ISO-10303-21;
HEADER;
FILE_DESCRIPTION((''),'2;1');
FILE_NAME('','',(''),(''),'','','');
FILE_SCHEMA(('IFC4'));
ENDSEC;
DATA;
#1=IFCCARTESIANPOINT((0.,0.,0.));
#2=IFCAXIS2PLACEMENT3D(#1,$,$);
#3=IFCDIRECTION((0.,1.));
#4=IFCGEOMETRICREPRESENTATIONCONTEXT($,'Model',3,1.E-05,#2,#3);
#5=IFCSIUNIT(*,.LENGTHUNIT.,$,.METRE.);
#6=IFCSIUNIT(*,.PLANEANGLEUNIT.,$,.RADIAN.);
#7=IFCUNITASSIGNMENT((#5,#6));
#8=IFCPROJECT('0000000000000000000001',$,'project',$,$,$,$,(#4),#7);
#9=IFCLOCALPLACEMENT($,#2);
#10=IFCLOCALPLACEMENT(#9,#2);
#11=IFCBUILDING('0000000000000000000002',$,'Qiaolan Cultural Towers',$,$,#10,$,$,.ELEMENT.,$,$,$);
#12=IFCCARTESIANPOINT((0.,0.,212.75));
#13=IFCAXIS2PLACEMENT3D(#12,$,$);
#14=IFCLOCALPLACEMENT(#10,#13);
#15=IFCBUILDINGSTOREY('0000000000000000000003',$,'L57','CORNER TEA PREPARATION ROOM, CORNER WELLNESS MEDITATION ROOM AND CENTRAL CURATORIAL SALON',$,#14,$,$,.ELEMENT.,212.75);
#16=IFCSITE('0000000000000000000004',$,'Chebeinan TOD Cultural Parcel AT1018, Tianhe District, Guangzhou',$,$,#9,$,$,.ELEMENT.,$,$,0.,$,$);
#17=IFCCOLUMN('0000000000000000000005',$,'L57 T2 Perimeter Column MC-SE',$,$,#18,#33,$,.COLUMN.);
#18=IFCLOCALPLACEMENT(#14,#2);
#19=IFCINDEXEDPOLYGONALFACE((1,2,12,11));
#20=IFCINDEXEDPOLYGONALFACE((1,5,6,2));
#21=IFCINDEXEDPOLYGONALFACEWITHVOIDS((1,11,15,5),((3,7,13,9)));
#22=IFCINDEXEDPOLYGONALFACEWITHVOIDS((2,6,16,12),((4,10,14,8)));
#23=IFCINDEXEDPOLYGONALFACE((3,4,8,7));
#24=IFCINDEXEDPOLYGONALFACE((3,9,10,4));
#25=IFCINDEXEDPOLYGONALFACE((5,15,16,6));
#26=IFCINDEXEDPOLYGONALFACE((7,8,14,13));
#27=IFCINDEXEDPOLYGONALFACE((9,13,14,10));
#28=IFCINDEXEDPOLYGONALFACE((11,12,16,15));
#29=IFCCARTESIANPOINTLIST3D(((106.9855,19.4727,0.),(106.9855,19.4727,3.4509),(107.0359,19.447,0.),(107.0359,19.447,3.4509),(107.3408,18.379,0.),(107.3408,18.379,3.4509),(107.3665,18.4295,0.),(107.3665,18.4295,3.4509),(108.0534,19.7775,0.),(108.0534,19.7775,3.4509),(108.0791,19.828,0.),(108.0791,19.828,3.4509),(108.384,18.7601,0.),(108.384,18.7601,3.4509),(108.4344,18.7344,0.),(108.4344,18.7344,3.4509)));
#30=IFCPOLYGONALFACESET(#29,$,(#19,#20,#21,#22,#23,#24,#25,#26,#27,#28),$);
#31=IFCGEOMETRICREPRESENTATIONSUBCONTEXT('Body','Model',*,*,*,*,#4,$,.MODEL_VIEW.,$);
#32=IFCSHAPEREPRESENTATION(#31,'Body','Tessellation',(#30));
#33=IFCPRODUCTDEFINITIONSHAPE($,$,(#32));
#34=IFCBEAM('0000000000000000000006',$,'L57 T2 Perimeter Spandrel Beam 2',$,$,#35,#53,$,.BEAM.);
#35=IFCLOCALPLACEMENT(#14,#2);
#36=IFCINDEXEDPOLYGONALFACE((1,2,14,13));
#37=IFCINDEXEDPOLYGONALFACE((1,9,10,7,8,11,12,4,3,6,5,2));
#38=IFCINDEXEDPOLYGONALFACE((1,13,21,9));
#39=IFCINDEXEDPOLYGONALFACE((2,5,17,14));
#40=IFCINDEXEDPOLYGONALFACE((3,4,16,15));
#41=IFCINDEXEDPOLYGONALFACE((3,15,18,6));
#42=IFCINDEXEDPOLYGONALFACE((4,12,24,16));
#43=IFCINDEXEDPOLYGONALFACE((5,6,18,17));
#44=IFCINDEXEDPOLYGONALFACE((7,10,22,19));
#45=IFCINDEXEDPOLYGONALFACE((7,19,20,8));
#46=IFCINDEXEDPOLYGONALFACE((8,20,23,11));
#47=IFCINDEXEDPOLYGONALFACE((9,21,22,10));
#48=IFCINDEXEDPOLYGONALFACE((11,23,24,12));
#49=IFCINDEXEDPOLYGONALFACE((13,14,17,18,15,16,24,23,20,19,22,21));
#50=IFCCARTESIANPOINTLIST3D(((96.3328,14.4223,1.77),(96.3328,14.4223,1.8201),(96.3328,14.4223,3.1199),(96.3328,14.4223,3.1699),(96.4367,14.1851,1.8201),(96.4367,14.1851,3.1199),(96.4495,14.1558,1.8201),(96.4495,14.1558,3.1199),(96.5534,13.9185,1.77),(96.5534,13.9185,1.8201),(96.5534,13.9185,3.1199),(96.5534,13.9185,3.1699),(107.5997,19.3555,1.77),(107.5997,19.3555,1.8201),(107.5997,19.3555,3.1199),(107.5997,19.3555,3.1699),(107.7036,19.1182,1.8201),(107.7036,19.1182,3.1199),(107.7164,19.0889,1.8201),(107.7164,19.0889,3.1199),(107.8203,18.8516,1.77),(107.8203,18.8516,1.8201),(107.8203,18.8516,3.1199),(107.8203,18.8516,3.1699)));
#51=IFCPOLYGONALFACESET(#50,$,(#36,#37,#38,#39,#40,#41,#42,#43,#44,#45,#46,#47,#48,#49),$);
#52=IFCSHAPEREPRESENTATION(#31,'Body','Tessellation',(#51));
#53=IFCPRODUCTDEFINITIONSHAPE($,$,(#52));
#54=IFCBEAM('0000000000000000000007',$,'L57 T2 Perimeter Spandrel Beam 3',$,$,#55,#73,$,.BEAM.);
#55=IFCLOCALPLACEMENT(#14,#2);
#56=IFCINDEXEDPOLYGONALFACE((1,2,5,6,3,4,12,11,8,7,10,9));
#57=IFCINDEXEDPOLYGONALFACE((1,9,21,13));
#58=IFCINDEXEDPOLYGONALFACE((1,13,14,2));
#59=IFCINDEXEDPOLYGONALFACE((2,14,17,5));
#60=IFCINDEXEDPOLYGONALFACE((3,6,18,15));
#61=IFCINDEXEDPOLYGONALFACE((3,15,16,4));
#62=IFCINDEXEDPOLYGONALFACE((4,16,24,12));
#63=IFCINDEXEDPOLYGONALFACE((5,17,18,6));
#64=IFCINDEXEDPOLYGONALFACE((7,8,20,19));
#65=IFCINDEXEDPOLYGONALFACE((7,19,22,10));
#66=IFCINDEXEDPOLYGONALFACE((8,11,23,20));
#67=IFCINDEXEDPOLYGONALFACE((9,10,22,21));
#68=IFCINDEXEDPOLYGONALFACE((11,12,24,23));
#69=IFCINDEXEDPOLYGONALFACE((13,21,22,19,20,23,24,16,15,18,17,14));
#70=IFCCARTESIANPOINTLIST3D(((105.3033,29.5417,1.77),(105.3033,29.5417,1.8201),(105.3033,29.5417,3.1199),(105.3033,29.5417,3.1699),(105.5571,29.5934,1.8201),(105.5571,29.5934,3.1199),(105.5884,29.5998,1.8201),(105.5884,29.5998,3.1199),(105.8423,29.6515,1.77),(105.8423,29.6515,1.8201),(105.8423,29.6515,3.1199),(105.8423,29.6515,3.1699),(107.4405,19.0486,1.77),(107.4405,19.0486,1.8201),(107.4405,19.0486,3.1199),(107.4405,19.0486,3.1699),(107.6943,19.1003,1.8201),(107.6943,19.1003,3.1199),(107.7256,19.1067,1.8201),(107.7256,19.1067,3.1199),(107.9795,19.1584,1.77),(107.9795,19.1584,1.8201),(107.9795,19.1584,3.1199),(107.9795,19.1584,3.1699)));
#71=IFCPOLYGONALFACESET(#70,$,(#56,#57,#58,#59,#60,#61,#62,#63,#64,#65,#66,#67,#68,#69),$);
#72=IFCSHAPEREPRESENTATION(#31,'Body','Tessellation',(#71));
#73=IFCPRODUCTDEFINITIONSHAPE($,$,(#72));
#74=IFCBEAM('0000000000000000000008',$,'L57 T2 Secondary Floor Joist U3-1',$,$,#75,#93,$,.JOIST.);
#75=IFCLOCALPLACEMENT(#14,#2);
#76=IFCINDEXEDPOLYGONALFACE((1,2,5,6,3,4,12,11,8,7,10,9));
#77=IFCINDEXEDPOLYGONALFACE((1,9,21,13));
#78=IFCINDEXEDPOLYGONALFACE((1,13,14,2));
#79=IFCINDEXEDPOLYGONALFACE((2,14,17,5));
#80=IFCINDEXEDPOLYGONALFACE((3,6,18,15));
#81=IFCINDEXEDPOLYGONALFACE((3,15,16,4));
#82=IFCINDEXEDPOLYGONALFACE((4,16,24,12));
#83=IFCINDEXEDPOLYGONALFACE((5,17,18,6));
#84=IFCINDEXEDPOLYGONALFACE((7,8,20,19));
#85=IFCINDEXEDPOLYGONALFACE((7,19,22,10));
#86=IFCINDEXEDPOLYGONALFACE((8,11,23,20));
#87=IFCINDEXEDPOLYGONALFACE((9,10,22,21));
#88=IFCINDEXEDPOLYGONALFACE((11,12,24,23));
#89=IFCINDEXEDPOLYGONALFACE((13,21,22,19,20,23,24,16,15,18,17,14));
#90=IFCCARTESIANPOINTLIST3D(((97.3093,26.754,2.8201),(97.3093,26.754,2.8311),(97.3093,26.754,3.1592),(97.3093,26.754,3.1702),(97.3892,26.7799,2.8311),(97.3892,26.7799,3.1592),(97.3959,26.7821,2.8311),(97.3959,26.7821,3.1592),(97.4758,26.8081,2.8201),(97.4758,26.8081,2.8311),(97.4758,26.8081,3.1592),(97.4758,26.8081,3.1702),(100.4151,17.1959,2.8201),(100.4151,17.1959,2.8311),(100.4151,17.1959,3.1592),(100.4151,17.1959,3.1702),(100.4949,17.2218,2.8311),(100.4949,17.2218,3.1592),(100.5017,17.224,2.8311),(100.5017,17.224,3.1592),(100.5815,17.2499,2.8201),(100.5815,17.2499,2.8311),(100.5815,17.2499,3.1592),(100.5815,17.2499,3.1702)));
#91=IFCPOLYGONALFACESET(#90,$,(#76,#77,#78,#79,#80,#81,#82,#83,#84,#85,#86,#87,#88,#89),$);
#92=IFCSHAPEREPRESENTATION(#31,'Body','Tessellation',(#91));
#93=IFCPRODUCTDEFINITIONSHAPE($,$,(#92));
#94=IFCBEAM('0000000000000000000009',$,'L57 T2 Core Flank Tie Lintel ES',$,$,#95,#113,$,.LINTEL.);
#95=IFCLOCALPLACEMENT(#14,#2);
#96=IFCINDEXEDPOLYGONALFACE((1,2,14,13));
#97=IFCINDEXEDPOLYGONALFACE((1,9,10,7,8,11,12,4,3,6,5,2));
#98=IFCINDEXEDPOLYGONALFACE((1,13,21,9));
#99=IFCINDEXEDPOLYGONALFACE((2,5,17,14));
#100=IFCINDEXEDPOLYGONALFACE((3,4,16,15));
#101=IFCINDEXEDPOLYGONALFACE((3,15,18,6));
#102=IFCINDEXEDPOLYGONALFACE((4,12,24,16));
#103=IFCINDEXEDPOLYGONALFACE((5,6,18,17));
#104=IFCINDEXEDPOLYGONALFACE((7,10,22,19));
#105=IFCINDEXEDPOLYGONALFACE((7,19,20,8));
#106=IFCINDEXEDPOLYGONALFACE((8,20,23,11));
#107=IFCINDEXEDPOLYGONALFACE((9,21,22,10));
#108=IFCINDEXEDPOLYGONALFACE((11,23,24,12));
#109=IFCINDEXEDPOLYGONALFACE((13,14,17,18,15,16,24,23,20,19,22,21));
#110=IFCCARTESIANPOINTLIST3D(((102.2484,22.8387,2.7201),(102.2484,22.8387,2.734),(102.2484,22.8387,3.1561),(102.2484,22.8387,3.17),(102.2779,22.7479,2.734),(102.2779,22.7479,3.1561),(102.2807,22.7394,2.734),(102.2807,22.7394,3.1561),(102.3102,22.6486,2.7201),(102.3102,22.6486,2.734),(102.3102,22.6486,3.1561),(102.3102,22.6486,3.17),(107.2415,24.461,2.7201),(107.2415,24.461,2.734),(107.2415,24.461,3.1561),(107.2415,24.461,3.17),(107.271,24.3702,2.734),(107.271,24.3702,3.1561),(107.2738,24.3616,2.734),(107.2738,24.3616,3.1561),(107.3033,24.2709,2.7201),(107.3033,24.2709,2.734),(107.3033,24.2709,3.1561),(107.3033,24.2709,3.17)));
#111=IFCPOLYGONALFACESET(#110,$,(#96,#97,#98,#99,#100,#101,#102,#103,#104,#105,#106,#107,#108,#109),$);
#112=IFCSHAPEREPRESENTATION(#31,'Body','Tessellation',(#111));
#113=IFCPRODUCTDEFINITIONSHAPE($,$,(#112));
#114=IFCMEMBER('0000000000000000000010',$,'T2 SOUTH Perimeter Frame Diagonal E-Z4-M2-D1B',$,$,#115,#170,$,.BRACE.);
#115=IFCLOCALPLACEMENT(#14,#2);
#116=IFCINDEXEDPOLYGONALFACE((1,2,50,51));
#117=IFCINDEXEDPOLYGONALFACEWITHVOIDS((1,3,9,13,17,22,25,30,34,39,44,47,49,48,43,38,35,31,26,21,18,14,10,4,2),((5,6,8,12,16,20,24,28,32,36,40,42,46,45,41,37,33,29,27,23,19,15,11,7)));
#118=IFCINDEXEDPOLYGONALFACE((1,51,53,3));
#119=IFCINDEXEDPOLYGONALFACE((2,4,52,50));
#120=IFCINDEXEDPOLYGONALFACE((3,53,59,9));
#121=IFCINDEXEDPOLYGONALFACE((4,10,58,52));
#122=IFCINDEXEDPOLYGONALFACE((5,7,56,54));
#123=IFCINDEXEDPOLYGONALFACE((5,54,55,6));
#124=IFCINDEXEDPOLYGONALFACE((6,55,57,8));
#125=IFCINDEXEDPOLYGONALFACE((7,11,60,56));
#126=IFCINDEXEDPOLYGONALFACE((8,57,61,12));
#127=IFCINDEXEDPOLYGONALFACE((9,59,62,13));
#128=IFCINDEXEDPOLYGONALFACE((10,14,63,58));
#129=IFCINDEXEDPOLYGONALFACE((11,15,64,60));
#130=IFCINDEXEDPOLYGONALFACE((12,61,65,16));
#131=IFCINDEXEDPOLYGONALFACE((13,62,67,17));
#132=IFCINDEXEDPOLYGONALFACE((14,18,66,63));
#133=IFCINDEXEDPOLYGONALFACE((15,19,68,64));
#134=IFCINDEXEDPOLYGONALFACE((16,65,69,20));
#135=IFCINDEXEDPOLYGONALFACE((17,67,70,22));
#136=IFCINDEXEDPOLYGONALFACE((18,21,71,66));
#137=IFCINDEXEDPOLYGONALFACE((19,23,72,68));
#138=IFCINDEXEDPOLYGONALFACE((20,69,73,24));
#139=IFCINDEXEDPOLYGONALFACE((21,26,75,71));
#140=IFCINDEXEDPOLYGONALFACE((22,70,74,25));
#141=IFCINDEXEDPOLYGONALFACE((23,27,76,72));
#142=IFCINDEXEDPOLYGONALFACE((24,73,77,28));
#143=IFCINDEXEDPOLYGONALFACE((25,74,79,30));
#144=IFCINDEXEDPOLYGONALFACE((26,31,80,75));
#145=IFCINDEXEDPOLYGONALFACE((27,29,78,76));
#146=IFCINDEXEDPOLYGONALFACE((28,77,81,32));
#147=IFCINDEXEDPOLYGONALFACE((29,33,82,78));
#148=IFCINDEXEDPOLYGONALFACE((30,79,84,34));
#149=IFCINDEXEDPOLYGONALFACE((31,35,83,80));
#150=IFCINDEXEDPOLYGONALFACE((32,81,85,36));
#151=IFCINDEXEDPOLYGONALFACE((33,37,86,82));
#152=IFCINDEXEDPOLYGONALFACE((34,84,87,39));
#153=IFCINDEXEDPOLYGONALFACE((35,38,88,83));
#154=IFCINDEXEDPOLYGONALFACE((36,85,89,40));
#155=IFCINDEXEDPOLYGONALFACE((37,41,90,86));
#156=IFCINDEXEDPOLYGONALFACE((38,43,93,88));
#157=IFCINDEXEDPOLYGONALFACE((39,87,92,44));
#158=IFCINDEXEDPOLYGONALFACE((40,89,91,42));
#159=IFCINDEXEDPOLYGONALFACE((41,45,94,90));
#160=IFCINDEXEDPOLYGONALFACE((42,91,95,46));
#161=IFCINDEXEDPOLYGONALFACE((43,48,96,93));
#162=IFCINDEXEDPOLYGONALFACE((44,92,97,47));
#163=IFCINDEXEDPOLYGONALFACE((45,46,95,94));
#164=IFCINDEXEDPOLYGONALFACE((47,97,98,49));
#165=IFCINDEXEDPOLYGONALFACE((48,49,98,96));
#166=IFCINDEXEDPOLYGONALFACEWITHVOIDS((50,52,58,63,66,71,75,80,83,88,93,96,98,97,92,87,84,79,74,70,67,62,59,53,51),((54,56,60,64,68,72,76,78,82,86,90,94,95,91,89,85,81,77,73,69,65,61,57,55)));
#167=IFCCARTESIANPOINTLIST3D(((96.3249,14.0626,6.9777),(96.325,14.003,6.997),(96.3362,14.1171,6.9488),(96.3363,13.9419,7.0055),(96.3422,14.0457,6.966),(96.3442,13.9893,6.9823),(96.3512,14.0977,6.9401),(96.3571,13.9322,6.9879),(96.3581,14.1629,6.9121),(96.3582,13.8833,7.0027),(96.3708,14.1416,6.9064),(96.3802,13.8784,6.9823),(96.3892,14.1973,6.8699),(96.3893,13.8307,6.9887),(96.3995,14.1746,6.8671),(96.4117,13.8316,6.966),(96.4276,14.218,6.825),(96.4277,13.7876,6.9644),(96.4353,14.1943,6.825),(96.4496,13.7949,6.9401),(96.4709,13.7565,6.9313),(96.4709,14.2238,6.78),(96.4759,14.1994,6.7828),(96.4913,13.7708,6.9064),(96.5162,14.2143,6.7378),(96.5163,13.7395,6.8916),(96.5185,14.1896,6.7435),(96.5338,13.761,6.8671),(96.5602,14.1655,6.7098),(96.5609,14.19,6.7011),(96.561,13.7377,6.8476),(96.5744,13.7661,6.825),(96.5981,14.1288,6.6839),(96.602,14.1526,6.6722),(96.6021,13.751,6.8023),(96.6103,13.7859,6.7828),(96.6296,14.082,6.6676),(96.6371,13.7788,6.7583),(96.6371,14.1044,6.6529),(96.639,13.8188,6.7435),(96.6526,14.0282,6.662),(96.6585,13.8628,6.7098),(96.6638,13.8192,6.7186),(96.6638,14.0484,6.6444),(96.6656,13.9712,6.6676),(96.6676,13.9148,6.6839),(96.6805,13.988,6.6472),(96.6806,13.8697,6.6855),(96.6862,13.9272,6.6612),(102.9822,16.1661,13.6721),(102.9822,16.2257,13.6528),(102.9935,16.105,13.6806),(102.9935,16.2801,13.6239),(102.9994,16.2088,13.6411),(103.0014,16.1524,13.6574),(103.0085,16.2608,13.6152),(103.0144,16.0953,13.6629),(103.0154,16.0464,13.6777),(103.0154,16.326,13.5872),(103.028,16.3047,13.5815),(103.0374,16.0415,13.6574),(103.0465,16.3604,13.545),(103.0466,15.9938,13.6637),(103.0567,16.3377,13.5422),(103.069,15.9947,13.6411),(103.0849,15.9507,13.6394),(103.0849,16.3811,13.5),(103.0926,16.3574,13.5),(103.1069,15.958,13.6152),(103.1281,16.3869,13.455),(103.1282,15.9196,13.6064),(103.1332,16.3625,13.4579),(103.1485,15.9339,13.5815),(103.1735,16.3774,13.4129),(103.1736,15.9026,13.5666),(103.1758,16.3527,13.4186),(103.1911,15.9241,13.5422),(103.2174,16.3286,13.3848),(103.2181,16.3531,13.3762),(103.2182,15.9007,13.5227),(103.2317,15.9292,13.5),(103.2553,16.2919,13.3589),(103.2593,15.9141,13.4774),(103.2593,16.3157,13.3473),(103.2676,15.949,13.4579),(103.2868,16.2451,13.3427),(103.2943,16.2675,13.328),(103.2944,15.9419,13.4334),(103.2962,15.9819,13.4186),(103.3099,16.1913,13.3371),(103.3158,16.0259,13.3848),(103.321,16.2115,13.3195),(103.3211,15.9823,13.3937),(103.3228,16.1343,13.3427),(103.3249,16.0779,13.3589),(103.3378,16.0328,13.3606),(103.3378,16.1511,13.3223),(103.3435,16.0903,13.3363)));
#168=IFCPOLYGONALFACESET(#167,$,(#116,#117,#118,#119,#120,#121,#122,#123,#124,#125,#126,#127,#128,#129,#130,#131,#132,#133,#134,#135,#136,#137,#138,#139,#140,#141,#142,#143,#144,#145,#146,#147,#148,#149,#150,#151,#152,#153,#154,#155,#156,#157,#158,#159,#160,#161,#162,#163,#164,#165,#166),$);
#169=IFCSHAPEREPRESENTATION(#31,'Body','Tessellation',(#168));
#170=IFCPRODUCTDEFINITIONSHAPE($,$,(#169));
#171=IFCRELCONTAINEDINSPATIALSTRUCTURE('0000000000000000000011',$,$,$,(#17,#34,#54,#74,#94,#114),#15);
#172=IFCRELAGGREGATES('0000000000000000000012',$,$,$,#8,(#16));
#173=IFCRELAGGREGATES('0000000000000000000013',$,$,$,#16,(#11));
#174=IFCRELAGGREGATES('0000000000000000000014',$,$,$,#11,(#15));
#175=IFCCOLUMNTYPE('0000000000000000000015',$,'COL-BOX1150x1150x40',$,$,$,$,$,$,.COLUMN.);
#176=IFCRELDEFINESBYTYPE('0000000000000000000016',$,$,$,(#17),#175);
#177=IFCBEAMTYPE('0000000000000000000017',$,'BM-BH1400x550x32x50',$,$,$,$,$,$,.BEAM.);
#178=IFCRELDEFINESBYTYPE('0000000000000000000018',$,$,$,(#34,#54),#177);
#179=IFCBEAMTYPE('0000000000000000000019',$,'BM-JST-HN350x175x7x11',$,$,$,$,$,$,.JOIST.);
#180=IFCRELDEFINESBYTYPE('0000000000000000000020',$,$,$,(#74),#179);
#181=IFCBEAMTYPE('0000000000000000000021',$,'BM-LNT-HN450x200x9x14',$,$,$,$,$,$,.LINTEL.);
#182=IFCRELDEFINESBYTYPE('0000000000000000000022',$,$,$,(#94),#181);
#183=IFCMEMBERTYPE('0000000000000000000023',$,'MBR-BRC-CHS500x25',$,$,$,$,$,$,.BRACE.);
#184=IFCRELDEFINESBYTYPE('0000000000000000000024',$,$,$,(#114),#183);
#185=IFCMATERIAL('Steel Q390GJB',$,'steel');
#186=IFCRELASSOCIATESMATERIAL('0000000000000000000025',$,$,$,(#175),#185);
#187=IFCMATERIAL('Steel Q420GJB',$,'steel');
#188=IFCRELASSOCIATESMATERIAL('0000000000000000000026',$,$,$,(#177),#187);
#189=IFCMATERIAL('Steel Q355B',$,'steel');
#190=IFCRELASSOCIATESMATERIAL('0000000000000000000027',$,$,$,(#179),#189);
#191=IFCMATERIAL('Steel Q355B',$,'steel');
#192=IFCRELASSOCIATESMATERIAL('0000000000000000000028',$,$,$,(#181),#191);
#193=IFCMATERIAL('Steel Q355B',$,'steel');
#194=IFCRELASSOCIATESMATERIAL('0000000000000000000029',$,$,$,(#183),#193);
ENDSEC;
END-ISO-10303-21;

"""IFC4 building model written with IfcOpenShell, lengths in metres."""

from ifc_helpers import new_model, si_unit, direction, frame, origin, origin_2d, place, context, subcontext, project, spatial, hollow_rectangle, hollow_circle, i_section, extrude, material, material_profile, profile_set, type_object, element, save


model = new_model("IFC4")

# Units and contexts
model_context = context("Model", 3, precision=1e-05, world=origin(), true_north=direction((0.0, 1.0)))
body_context = subcontext(model_context, "Body", "Model", "MODEL_VIEW")
ifc_project = project(units=[si_unit("LENGTHUNIT", "METRE"), si_unit("PLANEANGLEUNIT", "RADIAN")], contexts=[model_context])

# Site, building, storey
site_placement = place(None, origin())
site = spatial("IfcSite", under=ifc_project, at=site_placement, Name="Chebeinan TOD Cultural Parcel AT1018, Tianhe District, Guangzhou", CompositionType="ELEMENT", RefElevation=0.0)
building_placement = place(site_placement, origin())
building = spatial("IfcBuilding", under=site, at=building_placement, Name="Qiaolan Cultural Towers", CompositionType="ELEMENT")
storey_placement = place(building_placement, frame((0.0, 0.0, 212.75)))
storey = spatial("IfcBuildingStorey", under=building, at=storey_placement, Name="L57", Description="CORNER TEA PREPARATION ROOM, CORNER WELLNESS MEDITATION ROOM AND CENTRAL CURATORIAL SALON", CompositionType="ELEMENT", Elevation=212.75)

# Column
ifc_material_1 = material(Name="Steel Q390GJB", Category="steel")
ifc_material_profile_1 = material_profile(ifc_material_1, hollow_rectangle(XDim=1.1499, YDim=1.1499, WallThickness=0.04, at=origin_2d()), Name="BOX1150x1150x40")
ifc_profile_set_1 = profile_set([ifc_material_profile_1], Name="Steel Q390GJB")
column_type = type_object("IfcColumnType", Name="COL-BOX1150x1150x40", PredefinedType="COLUMN", material=ifc_profile_set_1)
column_placement = place(storey_placement, frame((107.71, 19.1035, 0.0), z_axis=(0.0, 0.0, 1.0), x_axis=(0.951057, 0.309017, 0.0)))
element("IfcColumn", 1, at=column_placement, inside=storey, type_object=column_type, Name="L57 T2 Perimeter Column MC-SE", PredefinedType="COLUMN", context=body_context, shape_type="SweptSolid", body=[
    extrude(hollow_rectangle(XDim=1.1499, YDim=1.1499, WallThickness=0.04, at=origin_2d()), origin(), (0.0, 0.0, 1.0), 3.4509),
])

# Beams
ifc_material_2 = material(Name="Steel Q420GJB", Category="steel")
ifc_material_profile_2 = material_profile(ifc_material_2, i_section(OverallWidth=0.55, OverallDepth=1.3999, WebThickness=0.032, FlangeThickness=0.05, at=origin_2d()), Name="BH1400x550x32x50")
ifc_profile_set_2 = profile_set([ifc_material_profile_2], Name="Steel Q420GJB")
beam_type_1 = type_object("IfcBeamType", Name="BM-BH1400x550x32x50", PredefinedType="BEAM", material=ifc_profile_set_2)
beam_1_placement = place(storey_placement, frame((96.4431, 14.1704, 2.47), z_axis=(0.916042, 0.401082, 0.0), x_axis=(-0.401082, 0.916042, 0.0)))
element("IfcBeam", 2, at=beam_1_placement, inside=storey, type_object=beam_type_1, Name="L57 T2 Perimeter Spandrel Beam 2", PredefinedType="BEAM", context=body_context, shape_type="SweptSolid", body=[
    extrude(i_section(OverallWidth=0.55, OverallDepth=1.3999, WebThickness=0.032, FlangeThickness=0.05, at=origin_2d()), origin(), (0.0, 0.0, 1.0), 12.2996),
])
beam_2_placement = place(storey_placement, frame((107.71, 19.1035, 2.47), z_axis=(-0.199579, 0.979882, 0.0), x_axis=(-0.979882, -0.199579, 0.0)))
element("IfcBeam", 3, at=beam_2_placement, inside=storey, type_object=beam_type_1, Name="L57 T2 Perimeter Spandrel Beam 3", PredefinedType="BEAM", context=body_context, shape_type="SweptSolid", body=[
    extrude(i_section(OverallWidth=0.55, OverallDepth=1.3999, WebThickness=0.032, FlangeThickness=0.05, at=origin_2d()), origin(), (0.0, 0.0, 1.0), 10.7085),
])
ifc_material_3 = material(Name="Steel Q355B", Category="steel")
ifc_material_profile_3 = material_profile(ifc_material_3, i_section(OverallWidth=0.175, OverallDepth=0.3501, WebThickness=0.0071, FlangeThickness=0.011, at=origin_2d()), Name="HN350x175x7x11")
ifc_profile_set_3 = profile_set([ifc_material_profile_3], Name="Steel Q355B")
beam_type_2 = type_object("IfcBeamType", Name="BM-JST-HN350x175x7x11", PredefinedType="JOIST", material=ifc_profile_set_3)
beam_3_placement = place(storey_placement, frame((100.4983, 17.2229, 2.9951), z_axis=(-0.309026, 0.951054, 0.0), x_axis=(-0.951054, -0.309026, 0.0)))
element("IfcBeam", 4, at=beam_3_placement, inside=storey, type_object=beam_type_2, Name="L57 T2 Secondary Floor Joist U3-1", PredefinedType="JOIST", context=body_context, shape_type="SweptSolid", body=[
    extrude(i_section(OverallWidth=0.175, OverallDepth=0.3501, WebThickness=0.0071, FlangeThickness=0.011, at=origin_2d()), origin(), (0.0, 0.0, 1.0), 10.05),
])
ifc_material_4 = material(Name="Steel Q355B", Category="steel")
ifc_material_profile_4 = material_profile(ifc_material_4, i_section(OverallWidth=0.2, OverallDepth=0.45, WebThickness=0.009, FlangeThickness=0.0139, at=origin_2d()), Name="HN450x200x9x14")
ifc_profile_set_4 = profile_set([ifc_material_profile_4], Name="Steel Q355B")
beam_type_3 = type_object("IfcBeamType", Name="BM-LNT-HN450x200x9x14", PredefinedType="LINTEL", material=ifc_profile_set_4)
beam_4_placement = place(storey_placement, frame((102.2793, 22.7437, 2.9451), z_axis=(0.95106, 0.309006, 0.0), x_axis=(-0.309006, 0.95106, 0.0)))
element("IfcBeam", 5, at=beam_4_placement, inside=storey, type_object=beam_type_3, Name="L57 T2 Core Flank Tie Lintel ES", PredefinedType="LINTEL", context=body_context, shape_type="SweptSolid", body=[
    extrude(i_section(OverallWidth=0.2, OverallDepth=0.45, WebThickness=0.009, FlangeThickness=0.0139, at=origin_2d()), origin(), (0.0, 0.0, 1.0), 5.25),
])

# Member
ifc_material_5 = material(Name="Steel Q355B", Category="steel")
ifc_material_profile_5 = material_profile(ifc_material_5, hollow_circle(Radius=0.25, WallThickness=0.0249, at=origin_2d()), Name="CHS500x25")
ifc_profile_set_5 = profile_set([ifc_material_profile_5], Name="Steel Q355B")
member_type = type_object("IfcMemberType", Name="MBR-BRC-CHS500x25", PredefinedType="BRACE", material=ifc_profile_set_5)
for number, where, z_axis, x_axis, name in (
    (6, (96.5049, 13.9802, 6.825), (0.688276, 0.223637, 0.690118), (-0.30902, 0.951056, 0.0), "T2 SOUTH Perimeter Frame Diagonal E-Z4-M2-D1B"),
):
    element("IfcMember", number, at=place(storey_placement, frame(where, z_axis=z_axis, x_axis=x_axis)), inside=storey, type_object=member_type, Name=name, PredefinedType="BRACE", context=body_context, shape_type="SweptSolid", body=[
        extrude(hollow_circle(Radius=0.25, WallThickness=0.0249, at=origin_2d()), origin(), (0.0, 0.0, 1.0), 9.6724),
    ])

save(model, "model.ifc")
